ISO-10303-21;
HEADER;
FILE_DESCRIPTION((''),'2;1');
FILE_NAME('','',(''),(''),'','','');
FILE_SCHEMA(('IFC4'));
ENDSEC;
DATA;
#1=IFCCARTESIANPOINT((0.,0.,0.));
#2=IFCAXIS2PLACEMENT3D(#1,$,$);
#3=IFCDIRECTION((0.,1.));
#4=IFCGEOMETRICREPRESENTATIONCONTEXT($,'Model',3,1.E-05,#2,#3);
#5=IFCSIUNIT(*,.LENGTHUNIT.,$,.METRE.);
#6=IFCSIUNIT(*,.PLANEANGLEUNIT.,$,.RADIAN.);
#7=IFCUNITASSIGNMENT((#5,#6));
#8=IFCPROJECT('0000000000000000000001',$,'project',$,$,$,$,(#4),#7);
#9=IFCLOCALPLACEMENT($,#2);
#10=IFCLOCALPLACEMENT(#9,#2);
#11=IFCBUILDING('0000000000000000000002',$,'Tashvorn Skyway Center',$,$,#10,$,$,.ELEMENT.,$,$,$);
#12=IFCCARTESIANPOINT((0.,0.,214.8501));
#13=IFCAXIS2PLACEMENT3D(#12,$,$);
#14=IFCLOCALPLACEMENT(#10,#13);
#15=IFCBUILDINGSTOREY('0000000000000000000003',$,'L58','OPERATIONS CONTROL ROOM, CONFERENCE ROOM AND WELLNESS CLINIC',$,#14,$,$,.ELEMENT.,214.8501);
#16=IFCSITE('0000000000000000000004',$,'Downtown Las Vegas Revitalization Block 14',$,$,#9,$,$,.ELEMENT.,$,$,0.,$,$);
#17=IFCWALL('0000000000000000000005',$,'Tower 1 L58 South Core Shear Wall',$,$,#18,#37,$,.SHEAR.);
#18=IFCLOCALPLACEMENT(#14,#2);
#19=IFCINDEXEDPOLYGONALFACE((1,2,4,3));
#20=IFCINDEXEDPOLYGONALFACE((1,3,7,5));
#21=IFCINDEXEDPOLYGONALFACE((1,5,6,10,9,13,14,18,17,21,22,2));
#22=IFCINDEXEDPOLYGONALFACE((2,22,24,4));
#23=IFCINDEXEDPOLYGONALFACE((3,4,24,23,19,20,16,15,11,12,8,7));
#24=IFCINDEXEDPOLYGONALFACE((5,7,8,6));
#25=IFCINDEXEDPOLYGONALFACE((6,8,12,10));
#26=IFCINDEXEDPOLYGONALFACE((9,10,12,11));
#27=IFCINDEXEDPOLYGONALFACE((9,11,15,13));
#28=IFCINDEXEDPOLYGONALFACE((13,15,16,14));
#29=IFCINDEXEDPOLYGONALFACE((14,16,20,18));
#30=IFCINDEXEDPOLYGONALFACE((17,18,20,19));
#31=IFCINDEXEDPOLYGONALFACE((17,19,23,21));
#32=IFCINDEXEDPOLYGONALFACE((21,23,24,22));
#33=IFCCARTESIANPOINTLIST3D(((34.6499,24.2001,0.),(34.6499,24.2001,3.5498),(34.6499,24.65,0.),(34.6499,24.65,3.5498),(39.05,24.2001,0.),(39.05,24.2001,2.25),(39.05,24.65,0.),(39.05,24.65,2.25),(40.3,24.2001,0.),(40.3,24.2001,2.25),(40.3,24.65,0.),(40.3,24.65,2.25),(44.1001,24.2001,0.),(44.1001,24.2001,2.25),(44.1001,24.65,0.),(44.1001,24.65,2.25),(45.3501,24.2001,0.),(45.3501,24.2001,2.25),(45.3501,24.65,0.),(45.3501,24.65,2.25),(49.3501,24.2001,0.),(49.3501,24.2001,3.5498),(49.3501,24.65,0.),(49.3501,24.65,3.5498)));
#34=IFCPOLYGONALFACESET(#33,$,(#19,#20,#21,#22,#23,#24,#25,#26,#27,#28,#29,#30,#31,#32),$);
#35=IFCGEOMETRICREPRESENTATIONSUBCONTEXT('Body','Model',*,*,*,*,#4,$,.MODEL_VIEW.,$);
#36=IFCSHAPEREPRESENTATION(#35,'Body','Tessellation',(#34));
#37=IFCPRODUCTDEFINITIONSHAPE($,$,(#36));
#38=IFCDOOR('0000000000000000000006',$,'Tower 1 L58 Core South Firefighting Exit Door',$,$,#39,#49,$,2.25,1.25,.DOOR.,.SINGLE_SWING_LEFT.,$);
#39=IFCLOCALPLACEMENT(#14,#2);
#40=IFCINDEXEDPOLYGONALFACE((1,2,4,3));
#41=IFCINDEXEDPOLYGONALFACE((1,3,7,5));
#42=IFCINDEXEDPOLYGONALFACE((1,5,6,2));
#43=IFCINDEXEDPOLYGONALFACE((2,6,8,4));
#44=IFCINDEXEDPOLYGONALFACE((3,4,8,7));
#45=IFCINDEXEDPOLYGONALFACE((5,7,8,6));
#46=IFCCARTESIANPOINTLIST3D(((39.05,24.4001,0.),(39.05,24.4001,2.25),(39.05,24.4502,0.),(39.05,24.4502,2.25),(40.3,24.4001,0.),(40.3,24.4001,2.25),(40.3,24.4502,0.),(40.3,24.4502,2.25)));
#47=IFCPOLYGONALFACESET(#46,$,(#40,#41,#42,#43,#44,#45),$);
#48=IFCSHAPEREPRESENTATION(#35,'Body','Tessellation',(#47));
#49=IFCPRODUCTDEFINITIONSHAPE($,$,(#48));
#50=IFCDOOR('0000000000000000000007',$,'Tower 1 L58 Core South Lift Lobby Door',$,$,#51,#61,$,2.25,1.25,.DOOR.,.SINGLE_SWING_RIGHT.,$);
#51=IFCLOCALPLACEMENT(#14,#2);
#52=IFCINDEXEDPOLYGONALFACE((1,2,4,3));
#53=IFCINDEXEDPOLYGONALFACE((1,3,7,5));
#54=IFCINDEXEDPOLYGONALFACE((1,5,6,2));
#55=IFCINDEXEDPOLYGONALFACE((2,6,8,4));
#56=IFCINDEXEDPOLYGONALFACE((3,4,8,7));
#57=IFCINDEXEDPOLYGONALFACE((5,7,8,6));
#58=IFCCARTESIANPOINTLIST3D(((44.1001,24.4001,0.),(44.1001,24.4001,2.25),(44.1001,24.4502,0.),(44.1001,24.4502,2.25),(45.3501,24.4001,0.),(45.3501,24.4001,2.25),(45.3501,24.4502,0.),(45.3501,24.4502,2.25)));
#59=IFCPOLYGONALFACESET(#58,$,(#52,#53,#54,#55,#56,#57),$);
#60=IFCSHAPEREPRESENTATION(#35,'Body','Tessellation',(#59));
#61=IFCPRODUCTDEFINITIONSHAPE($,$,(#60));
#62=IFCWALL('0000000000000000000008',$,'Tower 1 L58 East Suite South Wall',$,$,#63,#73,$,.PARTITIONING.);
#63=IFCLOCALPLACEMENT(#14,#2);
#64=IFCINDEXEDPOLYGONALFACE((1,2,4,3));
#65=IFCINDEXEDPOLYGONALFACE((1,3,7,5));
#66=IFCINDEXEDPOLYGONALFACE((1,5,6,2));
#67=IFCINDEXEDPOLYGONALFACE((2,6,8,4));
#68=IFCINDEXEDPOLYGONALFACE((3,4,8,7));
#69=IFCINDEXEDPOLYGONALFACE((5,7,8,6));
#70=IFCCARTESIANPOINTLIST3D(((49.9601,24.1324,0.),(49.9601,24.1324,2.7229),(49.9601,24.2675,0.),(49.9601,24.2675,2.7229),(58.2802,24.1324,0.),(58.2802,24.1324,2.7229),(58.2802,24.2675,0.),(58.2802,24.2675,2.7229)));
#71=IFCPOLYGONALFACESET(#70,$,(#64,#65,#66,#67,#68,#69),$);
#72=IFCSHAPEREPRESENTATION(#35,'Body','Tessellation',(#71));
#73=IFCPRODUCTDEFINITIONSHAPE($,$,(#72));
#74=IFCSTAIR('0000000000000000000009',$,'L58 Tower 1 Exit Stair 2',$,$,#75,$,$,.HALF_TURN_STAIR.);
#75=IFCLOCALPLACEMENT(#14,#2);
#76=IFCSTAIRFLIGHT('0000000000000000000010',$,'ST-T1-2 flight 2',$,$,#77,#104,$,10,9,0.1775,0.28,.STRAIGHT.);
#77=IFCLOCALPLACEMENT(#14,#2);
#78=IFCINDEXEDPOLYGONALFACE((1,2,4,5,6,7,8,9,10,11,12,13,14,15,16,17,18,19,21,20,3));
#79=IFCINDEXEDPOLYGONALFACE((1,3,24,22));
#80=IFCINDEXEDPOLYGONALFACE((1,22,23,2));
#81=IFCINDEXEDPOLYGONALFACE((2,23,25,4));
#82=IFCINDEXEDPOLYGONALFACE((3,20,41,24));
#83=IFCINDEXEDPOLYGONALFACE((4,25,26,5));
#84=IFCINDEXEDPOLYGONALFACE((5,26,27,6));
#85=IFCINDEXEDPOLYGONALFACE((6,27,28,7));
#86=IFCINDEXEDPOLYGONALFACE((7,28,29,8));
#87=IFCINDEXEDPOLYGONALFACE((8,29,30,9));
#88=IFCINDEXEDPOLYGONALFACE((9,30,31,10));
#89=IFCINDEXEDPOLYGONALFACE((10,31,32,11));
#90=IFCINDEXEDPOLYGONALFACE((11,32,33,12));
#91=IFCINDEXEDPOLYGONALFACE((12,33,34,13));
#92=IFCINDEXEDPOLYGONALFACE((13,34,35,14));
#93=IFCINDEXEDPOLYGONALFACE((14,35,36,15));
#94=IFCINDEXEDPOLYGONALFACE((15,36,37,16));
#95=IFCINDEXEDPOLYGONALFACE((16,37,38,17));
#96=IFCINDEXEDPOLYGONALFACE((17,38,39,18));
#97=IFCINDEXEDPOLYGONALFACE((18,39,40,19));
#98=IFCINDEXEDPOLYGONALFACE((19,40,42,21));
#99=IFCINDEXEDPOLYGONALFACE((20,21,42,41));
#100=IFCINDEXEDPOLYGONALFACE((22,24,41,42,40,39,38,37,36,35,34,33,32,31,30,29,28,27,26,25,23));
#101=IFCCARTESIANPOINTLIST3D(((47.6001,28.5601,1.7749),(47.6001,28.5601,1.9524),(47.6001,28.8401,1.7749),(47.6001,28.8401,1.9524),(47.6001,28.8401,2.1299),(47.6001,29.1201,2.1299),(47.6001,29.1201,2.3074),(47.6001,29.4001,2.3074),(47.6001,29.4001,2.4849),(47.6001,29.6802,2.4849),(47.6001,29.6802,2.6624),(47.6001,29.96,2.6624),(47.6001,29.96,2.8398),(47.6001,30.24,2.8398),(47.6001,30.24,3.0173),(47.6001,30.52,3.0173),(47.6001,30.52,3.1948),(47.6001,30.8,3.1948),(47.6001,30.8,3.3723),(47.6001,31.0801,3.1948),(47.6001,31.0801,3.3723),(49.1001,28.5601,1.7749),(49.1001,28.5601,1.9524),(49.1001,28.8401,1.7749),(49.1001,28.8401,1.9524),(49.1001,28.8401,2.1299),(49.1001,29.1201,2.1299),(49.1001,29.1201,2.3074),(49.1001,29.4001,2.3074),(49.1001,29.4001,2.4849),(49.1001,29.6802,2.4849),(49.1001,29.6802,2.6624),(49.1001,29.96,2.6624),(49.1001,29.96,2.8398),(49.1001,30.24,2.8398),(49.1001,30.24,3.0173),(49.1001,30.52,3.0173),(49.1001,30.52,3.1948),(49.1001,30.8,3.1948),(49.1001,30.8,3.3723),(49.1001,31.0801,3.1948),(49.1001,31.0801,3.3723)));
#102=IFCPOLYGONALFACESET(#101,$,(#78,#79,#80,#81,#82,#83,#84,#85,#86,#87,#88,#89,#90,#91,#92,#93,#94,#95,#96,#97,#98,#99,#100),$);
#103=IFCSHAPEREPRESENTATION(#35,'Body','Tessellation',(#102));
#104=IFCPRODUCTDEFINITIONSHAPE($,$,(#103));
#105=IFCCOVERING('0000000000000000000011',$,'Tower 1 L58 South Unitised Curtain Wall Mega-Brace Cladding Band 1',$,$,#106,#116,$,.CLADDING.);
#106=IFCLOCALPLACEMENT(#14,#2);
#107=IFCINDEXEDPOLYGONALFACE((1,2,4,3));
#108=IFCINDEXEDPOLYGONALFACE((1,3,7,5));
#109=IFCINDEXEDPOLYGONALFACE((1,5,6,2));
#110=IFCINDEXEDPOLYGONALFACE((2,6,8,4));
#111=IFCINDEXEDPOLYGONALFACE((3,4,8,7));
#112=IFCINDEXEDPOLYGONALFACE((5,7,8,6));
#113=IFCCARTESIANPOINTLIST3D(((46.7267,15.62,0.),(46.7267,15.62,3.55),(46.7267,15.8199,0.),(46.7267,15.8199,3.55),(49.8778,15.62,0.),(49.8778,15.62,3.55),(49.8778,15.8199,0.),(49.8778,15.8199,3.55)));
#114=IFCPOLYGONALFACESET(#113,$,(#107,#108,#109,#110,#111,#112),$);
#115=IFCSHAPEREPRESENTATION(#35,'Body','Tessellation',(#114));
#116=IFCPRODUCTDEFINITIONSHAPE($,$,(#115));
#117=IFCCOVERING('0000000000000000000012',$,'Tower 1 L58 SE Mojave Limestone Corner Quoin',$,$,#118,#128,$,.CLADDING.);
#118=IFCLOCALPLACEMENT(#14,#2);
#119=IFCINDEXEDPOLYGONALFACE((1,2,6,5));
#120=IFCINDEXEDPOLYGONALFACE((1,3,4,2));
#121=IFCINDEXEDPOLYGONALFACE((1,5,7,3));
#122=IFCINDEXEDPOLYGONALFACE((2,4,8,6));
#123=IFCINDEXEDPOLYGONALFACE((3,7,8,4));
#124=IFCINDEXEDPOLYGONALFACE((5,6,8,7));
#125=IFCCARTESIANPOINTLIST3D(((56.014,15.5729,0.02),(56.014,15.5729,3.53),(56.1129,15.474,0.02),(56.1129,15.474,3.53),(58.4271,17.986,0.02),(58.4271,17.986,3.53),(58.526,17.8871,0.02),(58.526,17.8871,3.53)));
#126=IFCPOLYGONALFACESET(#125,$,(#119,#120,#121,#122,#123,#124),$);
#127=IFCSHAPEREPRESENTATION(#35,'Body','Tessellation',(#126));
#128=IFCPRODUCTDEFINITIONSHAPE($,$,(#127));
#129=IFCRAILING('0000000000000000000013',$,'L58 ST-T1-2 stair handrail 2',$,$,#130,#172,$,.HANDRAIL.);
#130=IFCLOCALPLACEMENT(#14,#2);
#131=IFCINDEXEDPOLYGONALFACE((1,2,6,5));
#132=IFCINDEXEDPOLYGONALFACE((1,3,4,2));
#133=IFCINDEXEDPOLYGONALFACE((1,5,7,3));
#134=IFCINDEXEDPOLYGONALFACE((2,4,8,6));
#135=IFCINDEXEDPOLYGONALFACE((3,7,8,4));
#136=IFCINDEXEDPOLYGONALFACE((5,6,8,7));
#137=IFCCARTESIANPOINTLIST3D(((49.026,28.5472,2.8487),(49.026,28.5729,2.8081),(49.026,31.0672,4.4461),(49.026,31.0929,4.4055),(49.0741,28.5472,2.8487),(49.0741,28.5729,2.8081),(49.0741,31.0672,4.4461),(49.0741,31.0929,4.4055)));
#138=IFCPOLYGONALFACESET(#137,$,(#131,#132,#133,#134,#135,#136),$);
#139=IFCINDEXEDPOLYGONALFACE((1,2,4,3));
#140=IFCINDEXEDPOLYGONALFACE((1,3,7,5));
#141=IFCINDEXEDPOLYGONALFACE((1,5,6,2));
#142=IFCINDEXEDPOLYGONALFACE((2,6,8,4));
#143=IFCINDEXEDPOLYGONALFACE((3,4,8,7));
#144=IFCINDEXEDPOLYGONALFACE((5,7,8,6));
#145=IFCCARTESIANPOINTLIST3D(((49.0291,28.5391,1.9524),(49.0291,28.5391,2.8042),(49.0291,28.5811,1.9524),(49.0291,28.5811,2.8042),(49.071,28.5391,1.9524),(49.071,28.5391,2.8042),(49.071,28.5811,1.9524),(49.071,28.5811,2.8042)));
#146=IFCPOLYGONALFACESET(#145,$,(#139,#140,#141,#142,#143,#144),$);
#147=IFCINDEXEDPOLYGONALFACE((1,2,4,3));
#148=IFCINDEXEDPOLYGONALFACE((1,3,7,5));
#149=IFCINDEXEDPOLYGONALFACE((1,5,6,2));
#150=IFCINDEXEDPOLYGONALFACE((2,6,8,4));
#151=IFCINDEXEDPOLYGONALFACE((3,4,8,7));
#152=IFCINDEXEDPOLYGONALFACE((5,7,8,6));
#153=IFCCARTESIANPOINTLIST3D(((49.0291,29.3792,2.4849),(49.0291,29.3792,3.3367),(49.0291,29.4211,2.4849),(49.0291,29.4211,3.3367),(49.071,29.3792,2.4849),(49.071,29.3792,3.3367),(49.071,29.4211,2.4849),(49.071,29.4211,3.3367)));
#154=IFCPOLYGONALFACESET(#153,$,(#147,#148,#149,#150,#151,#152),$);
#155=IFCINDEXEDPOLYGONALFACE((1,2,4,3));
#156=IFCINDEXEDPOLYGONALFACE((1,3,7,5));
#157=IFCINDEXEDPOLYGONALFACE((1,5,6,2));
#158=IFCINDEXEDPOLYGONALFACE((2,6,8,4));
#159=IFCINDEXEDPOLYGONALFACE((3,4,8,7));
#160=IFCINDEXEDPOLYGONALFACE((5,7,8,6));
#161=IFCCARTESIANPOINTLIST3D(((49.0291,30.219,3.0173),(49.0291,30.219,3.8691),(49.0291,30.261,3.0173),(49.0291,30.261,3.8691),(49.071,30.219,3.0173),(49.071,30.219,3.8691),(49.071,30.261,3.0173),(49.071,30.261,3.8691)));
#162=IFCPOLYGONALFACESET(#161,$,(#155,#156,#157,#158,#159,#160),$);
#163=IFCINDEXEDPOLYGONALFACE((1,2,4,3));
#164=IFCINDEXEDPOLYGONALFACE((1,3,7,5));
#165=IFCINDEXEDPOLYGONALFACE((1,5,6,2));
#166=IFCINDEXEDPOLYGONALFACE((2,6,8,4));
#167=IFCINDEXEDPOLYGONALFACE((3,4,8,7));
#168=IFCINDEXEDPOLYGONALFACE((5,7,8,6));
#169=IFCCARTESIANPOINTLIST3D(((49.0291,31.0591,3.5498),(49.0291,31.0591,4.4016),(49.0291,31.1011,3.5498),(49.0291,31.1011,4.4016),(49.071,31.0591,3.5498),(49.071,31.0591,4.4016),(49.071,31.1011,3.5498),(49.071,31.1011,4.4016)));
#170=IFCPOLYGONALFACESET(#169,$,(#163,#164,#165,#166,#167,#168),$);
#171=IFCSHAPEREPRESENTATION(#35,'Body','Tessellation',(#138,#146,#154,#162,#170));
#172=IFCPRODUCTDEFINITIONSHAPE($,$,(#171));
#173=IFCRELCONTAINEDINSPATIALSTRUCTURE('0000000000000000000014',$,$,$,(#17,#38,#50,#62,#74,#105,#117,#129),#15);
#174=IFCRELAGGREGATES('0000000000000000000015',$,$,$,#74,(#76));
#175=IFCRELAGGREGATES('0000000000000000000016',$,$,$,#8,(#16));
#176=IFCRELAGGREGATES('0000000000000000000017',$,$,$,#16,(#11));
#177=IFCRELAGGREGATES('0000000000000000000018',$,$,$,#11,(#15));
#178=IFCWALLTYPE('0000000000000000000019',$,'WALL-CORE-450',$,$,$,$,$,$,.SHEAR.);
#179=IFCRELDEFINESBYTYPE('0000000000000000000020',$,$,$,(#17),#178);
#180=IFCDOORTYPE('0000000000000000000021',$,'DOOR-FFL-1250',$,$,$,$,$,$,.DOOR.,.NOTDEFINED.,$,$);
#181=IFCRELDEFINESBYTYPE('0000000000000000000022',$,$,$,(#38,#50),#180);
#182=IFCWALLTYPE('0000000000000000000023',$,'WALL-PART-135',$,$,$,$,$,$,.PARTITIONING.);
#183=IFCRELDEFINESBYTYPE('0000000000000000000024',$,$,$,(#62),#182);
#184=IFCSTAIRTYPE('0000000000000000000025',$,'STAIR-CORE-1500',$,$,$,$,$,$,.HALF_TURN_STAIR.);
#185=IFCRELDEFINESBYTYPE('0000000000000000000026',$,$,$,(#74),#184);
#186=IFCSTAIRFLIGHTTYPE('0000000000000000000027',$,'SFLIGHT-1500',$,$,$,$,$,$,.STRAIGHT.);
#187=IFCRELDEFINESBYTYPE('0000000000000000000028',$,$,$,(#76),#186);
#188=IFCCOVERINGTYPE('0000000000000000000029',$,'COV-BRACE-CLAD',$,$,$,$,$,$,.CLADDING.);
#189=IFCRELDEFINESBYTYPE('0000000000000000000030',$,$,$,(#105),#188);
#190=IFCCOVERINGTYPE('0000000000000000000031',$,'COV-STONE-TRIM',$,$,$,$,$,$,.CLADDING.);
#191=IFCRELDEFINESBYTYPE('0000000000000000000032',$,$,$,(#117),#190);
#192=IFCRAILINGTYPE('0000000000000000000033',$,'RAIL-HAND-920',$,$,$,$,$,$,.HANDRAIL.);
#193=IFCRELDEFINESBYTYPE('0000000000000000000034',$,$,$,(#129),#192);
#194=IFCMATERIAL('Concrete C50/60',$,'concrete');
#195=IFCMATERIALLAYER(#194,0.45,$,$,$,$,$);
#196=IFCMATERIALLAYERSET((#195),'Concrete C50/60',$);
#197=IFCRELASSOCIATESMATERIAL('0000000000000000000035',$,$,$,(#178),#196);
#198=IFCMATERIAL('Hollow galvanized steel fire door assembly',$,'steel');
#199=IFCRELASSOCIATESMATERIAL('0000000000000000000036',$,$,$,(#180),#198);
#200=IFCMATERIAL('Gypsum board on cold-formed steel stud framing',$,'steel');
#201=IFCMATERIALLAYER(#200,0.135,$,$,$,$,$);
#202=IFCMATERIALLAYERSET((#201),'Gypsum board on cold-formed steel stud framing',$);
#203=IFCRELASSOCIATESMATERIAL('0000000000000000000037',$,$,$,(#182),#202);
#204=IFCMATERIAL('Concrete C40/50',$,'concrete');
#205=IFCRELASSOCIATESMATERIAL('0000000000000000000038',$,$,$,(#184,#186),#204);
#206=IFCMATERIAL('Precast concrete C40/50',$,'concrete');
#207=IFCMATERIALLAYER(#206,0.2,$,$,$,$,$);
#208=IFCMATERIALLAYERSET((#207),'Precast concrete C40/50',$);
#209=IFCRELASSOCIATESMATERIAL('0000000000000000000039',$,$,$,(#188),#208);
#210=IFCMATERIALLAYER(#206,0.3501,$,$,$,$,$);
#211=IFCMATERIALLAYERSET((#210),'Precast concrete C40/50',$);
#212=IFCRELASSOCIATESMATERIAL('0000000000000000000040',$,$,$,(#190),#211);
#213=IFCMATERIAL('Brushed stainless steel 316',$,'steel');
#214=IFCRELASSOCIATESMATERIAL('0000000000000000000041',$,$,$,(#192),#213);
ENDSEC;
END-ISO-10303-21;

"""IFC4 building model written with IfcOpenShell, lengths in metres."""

from ifc_helpers import new_model, si_unit, direction, frame, frame_2d, origin, origin_2d, place, context, subcontext, project, spatial, polyline, rectangle, outline, extrude, material, layer, layer_set, type_object, element, fill, aggregate, save


model = new_model("IFC4")

# Units and contexts
model_context = context("Model", 3, precision=1e-05, world=origin(), true_north=direction((0.0, 1.0)))
body_context = subcontext(model_context, "Body", "Model", "MODEL_VIEW")
ifc_project = project(units=[si_unit("LENGTHUNIT", "METRE"), si_unit("PLANEANGLEUNIT", "RADIAN")], contexts=[model_context])

# Site, building, storey
site_placement = place(None, origin())
site = spatial("IfcSite", under=ifc_project, at=site_placement, Name="Downtown Las Vegas Revitalization Block 14", CompositionType="ELEMENT", RefElevation=0.0)
building_placement = place(site_placement, origin())
building = spatial("IfcBuilding", under=site, at=building_placement, Name="Tashvorn Skyway Center", CompositionType="ELEMENT")
storey_placement = place(building_placement, frame((0.0, 0.0, 214.8501)))
storey = spatial("IfcBuildingStorey", under=building, at=storey_placement, Name="L58", Description="OPERATIONS CONTROL ROOM, CONFERENCE ROOM AND WELLNESS CLINIC", CompositionType="ELEMENT", Elevation=214.8501)

# Wall, openings, doors
ifc_material_1 = material(Name="Concrete C50/60", Category="concrete")
ifc_layer_1 = layer(ifc_material_1, 0.45)
ifc_layer_set_1 = layer_set([ifc_layer_1], Name="Concrete C50/60")
wall_type_1 = type_object("IfcWallType", Name="WALL-CORE-450", PredefinedType="SHEAR", material=ifc_layer_set_1)
wall_1_placement = place(storey_placement, frame((49.3501, 24.425, 0.0), z_axis=(0.0, 0.0, 1.0), x_axis=(-1.0, 0.0, 0.0)))
wall_1 = element("IfcWall", 1, at=wall_1_placement, inside=storey, type_object=wall_type_1, Name="Tower 1 L58 South Core Shear Wall", PredefinedType="SHEAR", context=body_context, shape_type="SweptSolid", body=[
    extrude(rectangle(XDim=14.7002, YDim=0.45, at=frame_2d((7.3501, 0.0))), origin(), (0.0, 0.0, 1.0), 3.5498),
])
opening_1_placement = place(wall_1_placement, frame((9.05, 0.0, 0.0)))
opening_1 = element("IfcOpeningElement", 2, at=opening_1_placement, cuts=wall_1, PredefinedType="OPENING", context=body_context, shape_type="SweptSolid", body=[
    extrude(rectangle(XDim=1.25, YDim=2.25, at=frame_2d((0.625, 1.125))), frame((0.0, 0.2349, 0.0), z_axis=(0.0, -1.0, 0.0), x_axis=(1.0, 0.0, 0.0)), (0.0, 0.0, 1.0), 0.47),
])
opening_2_placement = place(wall_1_placement, frame((4.0, 0.0, 0.0)))
opening_2 = element("IfcOpeningElement", 3, at=opening_2_placement, cuts=wall_1, PredefinedType="OPENING", context=body_context, shape_type="SweptSolid", body=[
    extrude(rectangle(XDim=1.25, YDim=2.25, at=frame_2d((0.625, 1.125))), frame((0.0, 0.2349, 0.0), z_axis=(0.0, -1.0, 0.0), x_axis=(1.0, 0.0, 0.0)), (0.0, 0.0, 1.0), 0.47),
])
ifc_material_2 = material(Name="Hollow galvanized steel fire door assembly", Category="steel")
door_type = type_object("IfcDoorType", Name="DOOR-FFL-1250", OperationType="NOTDEFINED", PredefinedType="DOOR", material=ifc_material_2)
door_1_placement = place(opening_1_placement, origin())
door_1 = element("IfcDoor", 4, at=door_1_placement, inside=storey, type_object=door_type, Name="Tower 1 L58 Core South Firefighting Exit Door", OperationType="SINGLE_SWING_LEFT", OverallHeight=2.25, OverallWidth=1.25, PredefinedType="DOOR", context=body_context, shape_type="SweptSolid", body=[
    extrude(rectangle(XDim=1.25, YDim=2.25, at=frame_2d((0.625, 1.125))), frame((0.0, 0.0249, 0.0), z_axis=(0.0, -1.0, 0.0), x_axis=(1.0, 0.0, 0.0)), (0.0, 0.0, 1.0), 0.05),
])
fill(opening_1, door_1)
door_2_placement = place(opening_2_placement, origin())
door_2 = element("IfcDoor", 5, at=door_2_placement, inside=storey, type_object=door_type, Name="Tower 1 L58 Core South Lift Lobby Door", OperationType="SINGLE_SWING_RIGHT", OverallHeight=2.25, OverallWidth=1.25, PredefinedType="DOOR", context=body_context, shape_type="SweptSolid", body=[
    extrude(rectangle(XDim=1.25, YDim=2.25, at=frame_2d((0.625, 1.125))), frame((0.0, 0.0249, 0.0), z_axis=(0.0, -1.0, 0.0), x_axis=(1.0, 0.0, 0.0)), (0.0, 0.0, 1.0), 0.05),
])
fill(opening_2, door_2)

# Wall
ifc_material_3 = material(Name="Gypsum board on cold-formed steel stud framing", Category="steel")
ifc_layer_2 = layer(ifc_material_3, 0.135)
ifc_layer_set_2 = layer_set([ifc_layer_2], Name="Gypsum board on cold-formed steel stud framing")
wall_type_2 = type_object("IfcWallType", Name="WALL-PART-135", PredefinedType="PARTITIONING", material=ifc_layer_set_2)
wall_2_placement = place(storey_placement, frame((49.96, 24.2, 0.0), z_axis=(0.0, 0.0, 1.0), x_axis=(1.0, 0.0, 0.0)))
element("IfcWall", 6, at=wall_2_placement, inside=storey, type_object=wall_type_2, Name="Tower 1 L58 East Suite South Wall", PredefinedType="PARTITIONING", context=body_context, shape_type="SweptSolid", body=[
    extrude(rectangle(XDim=8.3201, YDim=0.135, at=frame_2d((4.1602, 0.0))), origin(), (0.0, 0.0, 1.0), 2.7229),
])

# Stair, stair flight
ifc_material_4 = material(Name="Concrete C40/50", Category="concrete")
stair_type = type_object("IfcStairType", Name="STAIR-CORE-1500", PredefinedType="HALF_TURN_STAIR", material=ifc_material_4)
stair_placement = place(storey_placement, origin())
stair = element("IfcStair", 7, at=stair_placement, inside=storey, type_object=stair_type, Name="L58 Tower 1 Exit Stair 2", PredefinedType="HALF_TURN_STAIR")
stair_flight_type = type_object("IfcStairFlightType", Name="SFLIGHT-1500", PredefinedType="STRAIGHT", material=ifc_material_4)
stair_flight_placement = place(storey_placement, frame((48.3501, 28.5601, 1.7749), z_axis=(0.0, 0.0, 1.0), x_axis=(0.0, 1.0, 0.0)))
stair_flight = element("IfcStairFlight", 8, at=stair_flight_placement, type_object=stair_flight_type, Name="ST-T1-2 flight 2", NumberOfRisers=10, NumberOfTreads=9, PredefinedType="STRAIGHT", RiserHeight=0.1775, TreadLength=0.28, context=body_context, shape_type="SweptSolid", body=[
    extrude(outline(polyline([(0.0, 0.0), (0.0, 0.1775), (0.28, 0.1775), (0.28, 0.355), (0.5601, 0.355), (0.5601, 0.5325), (0.8401, 0.5325), (0.8401, 0.71), (1.1201, 0.71), (1.1201, 0.8875), (1.3999, 0.8875), (1.3999, 1.0649), (1.6799, 1.0649), (1.6799, 1.2424), (1.96, 1.2424), (1.96, 1.4199), (2.24, 1.4199), (2.24, 1.5974), (2.52, 1.5974), (2.52, 1.7749), (2.52, 1.4199), (0.28, 0.0), (0.0, 0.0)])), frame((0.0, 0.75, 0.0), z_axis=(0.0, -1.0, 0.0), x_axis=(1.0, 0.0, 0.0)), (0.0, 0.0, 1.0), 1.5),
])
aggregate(stair, [stair_flight])

# Coverings
ifc_material_5 = material(Name="Precast concrete C40/50", Category="concrete")
ifc_layer_3 = layer(ifc_material_5, 0.2)
ifc_layer_set_3 = layer_set([ifc_layer_3], Name="Precast concrete C40/50")
covering_type_1 = type_object("IfcCoveringType", Name="COV-BRACE-CLAD", PredefinedType="CLADDING", material=ifc_layer_set_3)
covering_1_placement = place(storey_placement, frame((48.3022, 15.72, 0.0), z_axis=(0.0, 0.0, 1.0), x_axis=(-1.0, 0.0, 0.0)))
element("IfcCovering", 9, at=covering_1_placement, inside=storey, type_object=covering_type_1, Name="Tower 1 L58 South Unitised Curtain Wall Mega-Brace Cladding Band 1", PredefinedType="CLADDING", context=body_context, shape_type="SweptSolid", body=[
    extrude(rectangle(XDim=3.1511, YDim=0.2, at=origin_2d()), origin(), (0.0, 0.0, 1.0), 3.55),
])
ifc_layer_4 = layer(ifc_material_5, 0.3501)
ifc_layer_set_4 = layer_set([ifc_layer_4], Name="Precast concrete C40/50")
covering_type_2 = type_object("IfcCoveringType", Name="COV-STONE-TRIM", PredefinedType="CLADDING", material=ifc_layer_set_4)
covering_2_placement = place(storey_placement, frame((57.27, 16.73, 0.02), z_axis=(0.0, 0.0, 1.0), x_axis=(0.707107, 0.707107, 0.0)))
element("IfcCovering", 10, at=covering_2_placement, inside=storey, type_object=covering_type_2, Name="Tower 1 L58 SE Mojave Limestone Corner Quoin", PredefinedType="CLADDING", context=body_context, shape_type="SweptSolid", body=[
    extrude(rectangle(XDim=3.4126, YDim=0.1399, at=origin_2d()), origin(), (0.0, 0.0, 1.0), 3.51),
])

# Railing
ifc_material_6 = material(Name="Brushed stainless steel 316", Category="steel")
railing_type_1 = type_object("IfcRailingType", Name="RAIL-HAND-920", PredefinedType="HANDRAIL", material=ifc_material_6)
railing_1_placement = place(storey_placement, frame((49.05, 28.5601, 1.9524)))
element("IfcRailing", 11, at=railing_1_placement, inside=storey, type_object=railing_type_1, Name="L58 ST-T1-2 stair handrail 2", PredefinedType="HANDRAIL", context=body_context, shape_type="SweptSolid", body=[
    extrude(rectangle(XDim=0.0481, YDim=0.0481, at=origin_2d()), frame((0.0, 0.0, 0.876), z_axis=(0.0, 0.844607, 0.535387), x_axis=(-1.0, 0.0, 0.0)), (0.0, 0.0, 1.0), 2.9836),
    extrude(rectangle(XDim=0.042, YDim=0.042, at=origin_2d()), origin(), (0.0, 0.0, 1.0), 0.8518),
    extrude(rectangle(XDim=0.042, YDim=0.042, at=origin_2d()), frame((0.0, 0.8401, 0.5325)), (0.0, 0.0, 1.0), 0.8518),
    extrude(rectangle(XDim=0.042, YDim=0.042, at=origin_2d()), frame((0.0, 1.6799, 1.0649)), (0.0, 0.0, 1.0), 0.8518),
    extrude(rectangle(XDim=0.042, YDim=0.042, at=origin_2d()), frame((0.0, 2.52, 1.5974)), (0.0, 0.0, 1.0), 0.8518),
])

save(model, "model.ifc")
